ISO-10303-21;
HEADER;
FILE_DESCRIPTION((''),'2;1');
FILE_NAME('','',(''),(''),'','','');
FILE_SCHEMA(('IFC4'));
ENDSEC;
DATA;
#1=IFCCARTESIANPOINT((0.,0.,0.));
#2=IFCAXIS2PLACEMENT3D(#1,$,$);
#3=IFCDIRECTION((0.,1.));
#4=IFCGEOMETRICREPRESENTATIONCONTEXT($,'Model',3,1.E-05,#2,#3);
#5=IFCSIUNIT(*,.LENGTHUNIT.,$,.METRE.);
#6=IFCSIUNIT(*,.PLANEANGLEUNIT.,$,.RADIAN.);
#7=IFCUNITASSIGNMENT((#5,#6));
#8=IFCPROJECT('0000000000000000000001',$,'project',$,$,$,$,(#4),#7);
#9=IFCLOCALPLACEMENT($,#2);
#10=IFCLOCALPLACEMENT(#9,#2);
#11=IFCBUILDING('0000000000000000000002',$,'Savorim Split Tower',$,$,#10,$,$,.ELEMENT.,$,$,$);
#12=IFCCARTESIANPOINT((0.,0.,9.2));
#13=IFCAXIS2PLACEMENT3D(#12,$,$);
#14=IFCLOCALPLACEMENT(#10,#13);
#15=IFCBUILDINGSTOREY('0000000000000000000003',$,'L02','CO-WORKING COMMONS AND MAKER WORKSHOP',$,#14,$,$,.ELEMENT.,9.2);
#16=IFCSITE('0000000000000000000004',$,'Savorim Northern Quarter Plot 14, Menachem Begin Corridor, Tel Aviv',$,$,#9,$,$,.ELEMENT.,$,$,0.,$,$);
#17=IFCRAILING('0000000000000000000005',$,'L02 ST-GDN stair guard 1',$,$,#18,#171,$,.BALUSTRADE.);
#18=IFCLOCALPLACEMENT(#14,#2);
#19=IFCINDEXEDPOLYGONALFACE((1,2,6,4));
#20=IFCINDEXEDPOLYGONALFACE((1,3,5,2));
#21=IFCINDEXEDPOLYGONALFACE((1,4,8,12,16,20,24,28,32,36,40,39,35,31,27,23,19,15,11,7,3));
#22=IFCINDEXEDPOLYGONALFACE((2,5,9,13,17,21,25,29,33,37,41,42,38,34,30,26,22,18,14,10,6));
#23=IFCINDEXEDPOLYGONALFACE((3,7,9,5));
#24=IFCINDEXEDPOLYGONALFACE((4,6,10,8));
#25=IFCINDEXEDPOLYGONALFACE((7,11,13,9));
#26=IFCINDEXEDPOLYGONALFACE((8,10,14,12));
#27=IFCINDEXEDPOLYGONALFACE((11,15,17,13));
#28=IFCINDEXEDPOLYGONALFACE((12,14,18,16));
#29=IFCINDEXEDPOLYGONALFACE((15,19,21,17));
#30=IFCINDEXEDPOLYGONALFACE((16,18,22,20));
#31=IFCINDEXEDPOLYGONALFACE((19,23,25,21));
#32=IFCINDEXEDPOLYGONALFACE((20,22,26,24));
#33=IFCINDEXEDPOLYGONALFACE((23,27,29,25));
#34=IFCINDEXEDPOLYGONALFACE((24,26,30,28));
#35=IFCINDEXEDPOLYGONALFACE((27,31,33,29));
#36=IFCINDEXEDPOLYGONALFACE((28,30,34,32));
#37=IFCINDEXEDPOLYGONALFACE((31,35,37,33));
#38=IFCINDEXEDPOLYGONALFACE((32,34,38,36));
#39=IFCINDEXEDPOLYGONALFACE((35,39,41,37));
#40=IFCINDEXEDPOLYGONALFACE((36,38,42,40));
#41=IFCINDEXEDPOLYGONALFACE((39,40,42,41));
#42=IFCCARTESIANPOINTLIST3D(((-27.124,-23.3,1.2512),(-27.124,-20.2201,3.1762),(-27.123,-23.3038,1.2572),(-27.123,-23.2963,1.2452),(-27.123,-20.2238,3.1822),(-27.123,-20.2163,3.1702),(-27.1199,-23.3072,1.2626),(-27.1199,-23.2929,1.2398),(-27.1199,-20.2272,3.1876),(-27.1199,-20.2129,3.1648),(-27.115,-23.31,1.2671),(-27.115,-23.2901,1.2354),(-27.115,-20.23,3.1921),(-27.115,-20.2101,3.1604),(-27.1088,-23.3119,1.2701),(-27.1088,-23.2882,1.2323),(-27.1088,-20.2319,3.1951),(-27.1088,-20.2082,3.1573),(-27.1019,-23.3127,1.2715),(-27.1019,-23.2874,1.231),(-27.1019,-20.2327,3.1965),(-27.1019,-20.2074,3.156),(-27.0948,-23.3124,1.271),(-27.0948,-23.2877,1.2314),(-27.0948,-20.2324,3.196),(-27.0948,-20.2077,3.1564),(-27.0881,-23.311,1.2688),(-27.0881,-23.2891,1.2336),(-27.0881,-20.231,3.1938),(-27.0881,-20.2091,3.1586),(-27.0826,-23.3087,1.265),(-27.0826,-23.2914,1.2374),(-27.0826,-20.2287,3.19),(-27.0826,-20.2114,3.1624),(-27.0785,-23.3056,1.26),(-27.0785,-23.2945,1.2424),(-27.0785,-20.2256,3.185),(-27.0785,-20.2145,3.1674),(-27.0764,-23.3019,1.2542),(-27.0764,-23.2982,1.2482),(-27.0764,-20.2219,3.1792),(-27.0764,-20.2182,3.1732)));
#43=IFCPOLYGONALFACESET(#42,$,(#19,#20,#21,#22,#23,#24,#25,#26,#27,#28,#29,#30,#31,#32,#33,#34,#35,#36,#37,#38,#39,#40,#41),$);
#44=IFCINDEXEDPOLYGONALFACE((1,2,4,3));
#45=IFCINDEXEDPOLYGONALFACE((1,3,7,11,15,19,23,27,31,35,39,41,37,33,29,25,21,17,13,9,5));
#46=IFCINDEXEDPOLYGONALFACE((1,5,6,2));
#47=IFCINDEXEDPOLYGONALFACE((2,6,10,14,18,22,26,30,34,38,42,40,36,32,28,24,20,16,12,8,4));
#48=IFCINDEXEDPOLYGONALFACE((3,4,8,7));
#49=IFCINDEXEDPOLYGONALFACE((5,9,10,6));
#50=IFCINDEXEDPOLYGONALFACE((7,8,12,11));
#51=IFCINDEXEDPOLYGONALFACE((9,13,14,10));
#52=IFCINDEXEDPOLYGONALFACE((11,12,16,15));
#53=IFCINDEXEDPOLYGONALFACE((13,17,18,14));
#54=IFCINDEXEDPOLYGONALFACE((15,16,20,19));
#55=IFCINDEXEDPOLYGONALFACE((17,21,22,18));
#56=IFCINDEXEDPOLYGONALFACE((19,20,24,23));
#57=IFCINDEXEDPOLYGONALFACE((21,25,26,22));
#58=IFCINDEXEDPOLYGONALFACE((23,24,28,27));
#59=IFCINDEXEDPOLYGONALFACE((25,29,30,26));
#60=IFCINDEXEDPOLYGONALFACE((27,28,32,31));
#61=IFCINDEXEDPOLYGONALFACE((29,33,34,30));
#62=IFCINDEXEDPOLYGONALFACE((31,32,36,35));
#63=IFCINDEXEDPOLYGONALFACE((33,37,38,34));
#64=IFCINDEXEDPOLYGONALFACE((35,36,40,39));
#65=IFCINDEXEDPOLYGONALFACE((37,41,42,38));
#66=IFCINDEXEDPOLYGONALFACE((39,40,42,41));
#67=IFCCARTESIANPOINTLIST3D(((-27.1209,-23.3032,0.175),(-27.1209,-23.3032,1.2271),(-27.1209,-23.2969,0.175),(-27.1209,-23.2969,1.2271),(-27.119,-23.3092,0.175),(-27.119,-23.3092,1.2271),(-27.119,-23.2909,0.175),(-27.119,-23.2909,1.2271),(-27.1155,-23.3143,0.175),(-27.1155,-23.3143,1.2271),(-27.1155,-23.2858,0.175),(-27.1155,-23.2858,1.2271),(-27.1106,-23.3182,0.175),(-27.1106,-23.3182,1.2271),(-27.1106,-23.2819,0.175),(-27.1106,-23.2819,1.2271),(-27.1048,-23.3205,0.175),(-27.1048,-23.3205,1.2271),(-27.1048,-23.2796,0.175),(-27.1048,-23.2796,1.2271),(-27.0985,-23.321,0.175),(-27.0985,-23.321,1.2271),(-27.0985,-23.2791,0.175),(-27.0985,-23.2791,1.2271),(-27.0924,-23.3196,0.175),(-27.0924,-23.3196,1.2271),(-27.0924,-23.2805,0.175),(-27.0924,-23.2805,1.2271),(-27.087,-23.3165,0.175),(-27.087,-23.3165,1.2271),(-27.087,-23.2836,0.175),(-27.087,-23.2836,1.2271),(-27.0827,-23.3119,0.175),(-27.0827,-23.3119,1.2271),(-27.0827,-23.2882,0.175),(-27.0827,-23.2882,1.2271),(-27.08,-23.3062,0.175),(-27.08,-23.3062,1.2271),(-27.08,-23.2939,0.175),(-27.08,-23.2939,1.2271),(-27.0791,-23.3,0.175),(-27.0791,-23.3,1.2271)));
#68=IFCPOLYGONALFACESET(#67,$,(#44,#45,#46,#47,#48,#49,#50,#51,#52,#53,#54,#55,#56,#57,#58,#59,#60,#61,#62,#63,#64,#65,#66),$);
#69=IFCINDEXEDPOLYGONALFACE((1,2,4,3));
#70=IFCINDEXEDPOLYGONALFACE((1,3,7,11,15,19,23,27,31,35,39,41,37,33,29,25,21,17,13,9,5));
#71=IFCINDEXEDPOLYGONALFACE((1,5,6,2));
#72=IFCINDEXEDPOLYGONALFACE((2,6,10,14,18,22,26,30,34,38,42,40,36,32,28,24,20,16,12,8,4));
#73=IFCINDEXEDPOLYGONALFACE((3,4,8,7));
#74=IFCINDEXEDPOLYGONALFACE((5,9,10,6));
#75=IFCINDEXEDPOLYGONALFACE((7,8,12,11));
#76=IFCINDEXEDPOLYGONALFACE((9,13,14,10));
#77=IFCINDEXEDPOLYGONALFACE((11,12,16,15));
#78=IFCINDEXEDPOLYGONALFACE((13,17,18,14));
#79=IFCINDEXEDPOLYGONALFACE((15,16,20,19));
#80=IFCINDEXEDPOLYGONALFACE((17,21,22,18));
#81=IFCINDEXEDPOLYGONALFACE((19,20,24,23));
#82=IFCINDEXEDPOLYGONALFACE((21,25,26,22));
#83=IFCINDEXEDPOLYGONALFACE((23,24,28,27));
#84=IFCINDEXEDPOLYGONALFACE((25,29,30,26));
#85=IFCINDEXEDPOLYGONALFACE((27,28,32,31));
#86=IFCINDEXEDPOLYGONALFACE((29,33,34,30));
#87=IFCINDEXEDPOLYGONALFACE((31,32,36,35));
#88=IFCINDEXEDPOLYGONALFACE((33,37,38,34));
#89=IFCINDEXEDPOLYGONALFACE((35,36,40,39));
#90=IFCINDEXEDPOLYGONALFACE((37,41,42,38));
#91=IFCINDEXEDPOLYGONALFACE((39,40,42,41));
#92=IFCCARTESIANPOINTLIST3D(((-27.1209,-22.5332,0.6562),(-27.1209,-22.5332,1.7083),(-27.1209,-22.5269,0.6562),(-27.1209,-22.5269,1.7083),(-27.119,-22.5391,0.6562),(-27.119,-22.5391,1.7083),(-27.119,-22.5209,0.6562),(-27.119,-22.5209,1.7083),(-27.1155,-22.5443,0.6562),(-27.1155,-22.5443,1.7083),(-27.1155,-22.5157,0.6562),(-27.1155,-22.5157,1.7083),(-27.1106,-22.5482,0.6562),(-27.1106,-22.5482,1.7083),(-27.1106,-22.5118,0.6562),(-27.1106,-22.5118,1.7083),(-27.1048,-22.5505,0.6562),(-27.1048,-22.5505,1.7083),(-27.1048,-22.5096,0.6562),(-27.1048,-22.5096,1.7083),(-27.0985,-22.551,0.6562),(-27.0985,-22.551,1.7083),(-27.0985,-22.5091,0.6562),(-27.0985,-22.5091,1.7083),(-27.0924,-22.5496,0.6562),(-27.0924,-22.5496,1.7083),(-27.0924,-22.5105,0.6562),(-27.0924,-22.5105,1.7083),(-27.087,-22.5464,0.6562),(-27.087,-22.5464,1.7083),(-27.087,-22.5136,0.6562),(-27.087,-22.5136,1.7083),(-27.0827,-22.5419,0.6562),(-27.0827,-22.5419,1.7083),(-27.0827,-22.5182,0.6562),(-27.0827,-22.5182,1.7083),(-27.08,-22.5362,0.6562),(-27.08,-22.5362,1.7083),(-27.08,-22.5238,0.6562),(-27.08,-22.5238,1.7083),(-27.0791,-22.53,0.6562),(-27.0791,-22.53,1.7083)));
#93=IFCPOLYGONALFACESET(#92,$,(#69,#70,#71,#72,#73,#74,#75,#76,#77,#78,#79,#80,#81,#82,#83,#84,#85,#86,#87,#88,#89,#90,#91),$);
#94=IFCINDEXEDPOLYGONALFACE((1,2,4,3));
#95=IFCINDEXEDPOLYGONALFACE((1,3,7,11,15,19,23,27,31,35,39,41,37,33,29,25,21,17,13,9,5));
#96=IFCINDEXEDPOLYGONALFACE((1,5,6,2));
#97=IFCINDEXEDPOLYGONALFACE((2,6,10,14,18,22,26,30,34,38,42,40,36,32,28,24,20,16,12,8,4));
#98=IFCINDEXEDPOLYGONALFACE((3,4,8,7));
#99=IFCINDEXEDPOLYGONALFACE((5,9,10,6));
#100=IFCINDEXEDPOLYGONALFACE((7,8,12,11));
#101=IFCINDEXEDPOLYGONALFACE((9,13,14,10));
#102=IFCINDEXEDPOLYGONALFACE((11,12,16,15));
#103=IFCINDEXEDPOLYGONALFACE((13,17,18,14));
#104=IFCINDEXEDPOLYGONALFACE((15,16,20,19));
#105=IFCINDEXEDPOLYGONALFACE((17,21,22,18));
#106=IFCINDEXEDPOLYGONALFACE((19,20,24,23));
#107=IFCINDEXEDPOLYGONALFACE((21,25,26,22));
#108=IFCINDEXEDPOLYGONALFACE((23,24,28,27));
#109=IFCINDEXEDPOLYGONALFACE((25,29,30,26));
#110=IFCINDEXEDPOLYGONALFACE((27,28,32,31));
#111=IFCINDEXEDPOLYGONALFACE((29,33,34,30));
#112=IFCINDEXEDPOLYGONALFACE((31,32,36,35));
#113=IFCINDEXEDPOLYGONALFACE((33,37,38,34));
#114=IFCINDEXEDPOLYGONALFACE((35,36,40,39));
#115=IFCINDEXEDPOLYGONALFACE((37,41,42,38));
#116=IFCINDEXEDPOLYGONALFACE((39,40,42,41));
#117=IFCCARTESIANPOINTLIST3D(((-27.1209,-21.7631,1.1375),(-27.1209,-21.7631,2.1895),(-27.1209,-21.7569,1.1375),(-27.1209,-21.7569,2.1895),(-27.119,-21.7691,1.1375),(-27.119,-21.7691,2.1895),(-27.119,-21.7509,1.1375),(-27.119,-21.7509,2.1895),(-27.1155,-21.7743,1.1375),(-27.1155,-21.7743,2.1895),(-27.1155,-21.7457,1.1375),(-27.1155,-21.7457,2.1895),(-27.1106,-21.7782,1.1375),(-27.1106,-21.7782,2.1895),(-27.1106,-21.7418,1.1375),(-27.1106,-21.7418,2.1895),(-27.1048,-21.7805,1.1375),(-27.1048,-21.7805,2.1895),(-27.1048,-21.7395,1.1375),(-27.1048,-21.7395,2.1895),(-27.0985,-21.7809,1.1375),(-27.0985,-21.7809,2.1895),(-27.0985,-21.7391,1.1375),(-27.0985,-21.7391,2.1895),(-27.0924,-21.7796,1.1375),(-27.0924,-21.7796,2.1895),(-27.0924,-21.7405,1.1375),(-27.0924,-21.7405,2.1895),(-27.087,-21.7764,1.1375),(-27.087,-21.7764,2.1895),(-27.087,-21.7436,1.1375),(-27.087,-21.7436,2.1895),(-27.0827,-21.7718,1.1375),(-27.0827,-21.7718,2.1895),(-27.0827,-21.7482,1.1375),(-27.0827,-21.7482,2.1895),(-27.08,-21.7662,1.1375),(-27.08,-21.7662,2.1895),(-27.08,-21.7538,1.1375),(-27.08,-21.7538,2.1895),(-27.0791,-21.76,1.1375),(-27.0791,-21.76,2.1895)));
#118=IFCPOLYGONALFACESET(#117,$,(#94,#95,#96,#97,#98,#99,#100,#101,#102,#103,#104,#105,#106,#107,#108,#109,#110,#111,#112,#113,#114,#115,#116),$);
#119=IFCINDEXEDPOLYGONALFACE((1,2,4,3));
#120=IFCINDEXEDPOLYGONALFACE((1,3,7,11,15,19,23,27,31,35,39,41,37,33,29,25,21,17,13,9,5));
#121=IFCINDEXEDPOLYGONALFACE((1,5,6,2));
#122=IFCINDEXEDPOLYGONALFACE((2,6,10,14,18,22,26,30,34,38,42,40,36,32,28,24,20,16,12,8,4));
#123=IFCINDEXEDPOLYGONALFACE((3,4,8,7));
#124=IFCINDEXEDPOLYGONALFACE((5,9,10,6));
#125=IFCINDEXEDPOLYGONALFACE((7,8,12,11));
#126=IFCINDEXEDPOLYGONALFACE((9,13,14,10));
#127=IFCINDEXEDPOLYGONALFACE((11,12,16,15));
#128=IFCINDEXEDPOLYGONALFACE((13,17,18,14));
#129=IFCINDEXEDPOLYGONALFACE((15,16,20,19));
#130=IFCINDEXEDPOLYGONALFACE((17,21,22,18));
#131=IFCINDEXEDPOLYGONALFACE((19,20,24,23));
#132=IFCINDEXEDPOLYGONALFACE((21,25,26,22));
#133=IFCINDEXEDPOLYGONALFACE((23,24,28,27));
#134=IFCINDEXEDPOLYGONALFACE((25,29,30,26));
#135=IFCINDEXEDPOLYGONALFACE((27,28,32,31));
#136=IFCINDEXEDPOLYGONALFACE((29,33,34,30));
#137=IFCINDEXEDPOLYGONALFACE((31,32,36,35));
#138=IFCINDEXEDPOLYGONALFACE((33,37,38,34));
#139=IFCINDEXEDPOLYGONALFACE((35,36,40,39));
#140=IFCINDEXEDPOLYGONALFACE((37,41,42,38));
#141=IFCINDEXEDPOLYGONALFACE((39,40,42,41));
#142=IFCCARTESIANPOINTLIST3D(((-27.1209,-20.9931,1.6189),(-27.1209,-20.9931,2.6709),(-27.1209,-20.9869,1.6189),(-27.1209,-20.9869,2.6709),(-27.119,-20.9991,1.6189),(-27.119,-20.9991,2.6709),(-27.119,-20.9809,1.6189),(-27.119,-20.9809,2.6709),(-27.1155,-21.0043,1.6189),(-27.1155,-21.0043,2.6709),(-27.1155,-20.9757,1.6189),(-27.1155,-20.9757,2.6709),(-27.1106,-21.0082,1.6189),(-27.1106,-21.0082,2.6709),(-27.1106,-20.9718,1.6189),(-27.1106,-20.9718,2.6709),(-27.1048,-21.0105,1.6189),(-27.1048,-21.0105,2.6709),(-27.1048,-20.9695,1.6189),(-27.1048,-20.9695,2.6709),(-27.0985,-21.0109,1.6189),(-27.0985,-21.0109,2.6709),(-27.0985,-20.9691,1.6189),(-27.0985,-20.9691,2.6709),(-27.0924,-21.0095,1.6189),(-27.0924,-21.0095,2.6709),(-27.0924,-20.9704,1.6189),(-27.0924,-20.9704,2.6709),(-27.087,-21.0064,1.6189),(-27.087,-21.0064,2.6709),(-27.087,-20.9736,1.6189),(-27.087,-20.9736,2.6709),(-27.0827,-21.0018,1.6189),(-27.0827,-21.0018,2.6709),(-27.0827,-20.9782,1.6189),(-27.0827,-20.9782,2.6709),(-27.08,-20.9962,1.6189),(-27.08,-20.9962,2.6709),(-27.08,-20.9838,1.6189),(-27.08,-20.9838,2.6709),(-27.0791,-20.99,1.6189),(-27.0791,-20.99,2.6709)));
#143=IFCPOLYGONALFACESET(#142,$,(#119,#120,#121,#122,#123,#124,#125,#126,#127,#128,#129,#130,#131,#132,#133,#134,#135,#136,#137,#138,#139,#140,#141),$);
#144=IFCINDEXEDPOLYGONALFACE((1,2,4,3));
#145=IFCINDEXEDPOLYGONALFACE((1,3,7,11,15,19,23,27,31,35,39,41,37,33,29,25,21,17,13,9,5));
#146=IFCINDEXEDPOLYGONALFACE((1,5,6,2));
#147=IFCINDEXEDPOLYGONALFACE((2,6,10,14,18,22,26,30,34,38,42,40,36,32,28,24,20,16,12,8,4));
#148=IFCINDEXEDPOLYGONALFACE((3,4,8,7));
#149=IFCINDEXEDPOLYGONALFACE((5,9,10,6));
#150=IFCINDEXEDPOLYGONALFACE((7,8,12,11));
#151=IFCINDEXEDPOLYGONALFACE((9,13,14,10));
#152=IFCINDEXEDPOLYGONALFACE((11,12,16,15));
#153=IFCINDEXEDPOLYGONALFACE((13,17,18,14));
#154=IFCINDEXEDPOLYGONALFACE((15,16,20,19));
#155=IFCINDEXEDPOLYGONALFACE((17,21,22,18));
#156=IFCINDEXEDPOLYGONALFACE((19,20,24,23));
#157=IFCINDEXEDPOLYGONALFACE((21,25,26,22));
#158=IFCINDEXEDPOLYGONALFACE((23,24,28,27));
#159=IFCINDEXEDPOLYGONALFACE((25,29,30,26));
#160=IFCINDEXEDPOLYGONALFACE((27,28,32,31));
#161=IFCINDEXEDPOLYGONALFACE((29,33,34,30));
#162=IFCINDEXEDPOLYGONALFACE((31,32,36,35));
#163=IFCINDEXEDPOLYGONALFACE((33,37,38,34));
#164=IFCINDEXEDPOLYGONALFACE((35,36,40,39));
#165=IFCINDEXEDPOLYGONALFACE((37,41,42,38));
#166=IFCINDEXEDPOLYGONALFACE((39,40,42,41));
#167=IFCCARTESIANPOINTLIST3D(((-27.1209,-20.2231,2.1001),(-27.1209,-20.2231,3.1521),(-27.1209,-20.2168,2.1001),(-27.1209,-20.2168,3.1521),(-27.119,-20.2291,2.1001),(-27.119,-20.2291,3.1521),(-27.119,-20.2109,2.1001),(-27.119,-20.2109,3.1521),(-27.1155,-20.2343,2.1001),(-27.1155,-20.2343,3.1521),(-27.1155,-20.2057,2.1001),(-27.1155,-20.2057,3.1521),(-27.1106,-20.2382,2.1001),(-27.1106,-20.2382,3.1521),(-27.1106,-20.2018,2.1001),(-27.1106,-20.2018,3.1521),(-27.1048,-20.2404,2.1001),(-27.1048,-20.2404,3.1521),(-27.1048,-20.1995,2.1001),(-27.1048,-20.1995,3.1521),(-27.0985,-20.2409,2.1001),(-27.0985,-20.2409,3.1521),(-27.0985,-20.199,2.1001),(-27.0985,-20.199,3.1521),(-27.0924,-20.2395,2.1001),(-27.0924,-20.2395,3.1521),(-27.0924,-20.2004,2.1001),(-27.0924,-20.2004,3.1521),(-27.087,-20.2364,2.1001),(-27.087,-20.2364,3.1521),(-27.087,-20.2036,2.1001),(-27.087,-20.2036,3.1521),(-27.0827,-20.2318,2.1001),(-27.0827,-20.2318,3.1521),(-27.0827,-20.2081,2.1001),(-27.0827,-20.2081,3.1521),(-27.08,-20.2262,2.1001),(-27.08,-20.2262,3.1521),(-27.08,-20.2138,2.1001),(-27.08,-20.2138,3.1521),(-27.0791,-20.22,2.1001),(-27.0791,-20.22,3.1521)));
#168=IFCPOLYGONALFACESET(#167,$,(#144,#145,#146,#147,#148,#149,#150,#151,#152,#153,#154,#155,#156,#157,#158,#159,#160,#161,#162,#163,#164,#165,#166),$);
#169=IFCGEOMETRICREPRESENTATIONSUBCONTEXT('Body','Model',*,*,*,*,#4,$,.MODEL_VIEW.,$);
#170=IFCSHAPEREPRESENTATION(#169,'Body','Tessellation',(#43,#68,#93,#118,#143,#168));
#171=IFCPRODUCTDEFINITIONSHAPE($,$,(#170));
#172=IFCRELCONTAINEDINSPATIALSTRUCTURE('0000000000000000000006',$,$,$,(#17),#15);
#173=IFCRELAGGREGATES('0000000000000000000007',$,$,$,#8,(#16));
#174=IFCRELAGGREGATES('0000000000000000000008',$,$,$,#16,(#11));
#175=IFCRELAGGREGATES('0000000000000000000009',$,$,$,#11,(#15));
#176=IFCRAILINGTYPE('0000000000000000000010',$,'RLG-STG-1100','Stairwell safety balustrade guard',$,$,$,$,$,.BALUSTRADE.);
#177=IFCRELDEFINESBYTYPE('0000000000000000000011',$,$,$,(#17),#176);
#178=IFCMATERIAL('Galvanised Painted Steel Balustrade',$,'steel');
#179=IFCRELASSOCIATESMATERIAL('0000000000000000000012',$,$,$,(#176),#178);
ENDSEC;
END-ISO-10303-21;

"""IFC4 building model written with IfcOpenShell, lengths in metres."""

from ifc_helpers import new_model, si_unit, direction, frame, origin, origin_2d, place, context, subcontext, project, spatial, circle, extrude, material, type_object, element, save


model = new_model("IFC4")

# Units and contexts
model_context = context("Model", 3, precision=1e-05, world=origin(), true_north=direction((0.0, 1.0)))
body_context = subcontext(model_context, "Body", "Model", "MODEL_VIEW")
ifc_project = project(units=[si_unit("LENGTHUNIT", "METRE"), si_unit("PLANEANGLEUNIT", "RADIAN")], contexts=[model_context])

# Site, building, storey
site_placement = place(None, origin())
site = spatial("IfcSite", under=ifc_project, at=site_placement, Name="Savorim Northern Quarter Plot 14, Menachem Begin Corridor, Tel Aviv", CompositionType="ELEMENT", RefElevation=0.0)
building_placement = place(site_placement, origin())
building = spatial("IfcBuilding", under=site, at=building_placement, Name="Savorim Split Tower", CompositionType="ELEMENT")
storey_placement = place(building_placement, frame((0.0, 0.0, 9.2)))
storey = spatial("IfcBuildingStorey", under=building, at=storey_placement, Name="L02", Description="CO-WORKING COMMONS AND MAKER WORKSHOP", CompositionType="ELEMENT", Elevation=9.2)

# Railing
ifc_material_1 = material(Name="Galvanised Painted Steel Balustrade", Category="steel")
railing_type_1 = type_object("IfcRailingType", Name="RLG-STG-1100", Description="Stairwell safety balustrade guard", PredefinedType="BALUSTRADE", material=ifc_material_1)
railing_1_placement = place(storey_placement, frame((-27.1001, -23.3, 0.175)))
element("IfcRailing", 1, at=railing_1_placement, inside=storey, type_object=railing_type_1, Name="L02 ST-GDN stair guard 1", PredefinedType="BALUSTRADE", context=body_context, shape_type="SweptSolid", body=[
    extrude(circle(Radius=0.0239, at=origin_2d()), frame((0.0, 0.0, 1.0762), z_axis=(0.0, 0.847998, 0.529999), x_axis=(-1.0, 0.0, 0.0)), (0.0, 0.0, 1.0), 3.6321),
    extrude(circle(Radius=0.021, at=origin_2d()), origin(), (0.0, 0.0, 1.0), 1.052),
    extrude(circle(Radius=0.021, at=origin_2d()), frame((0.0, 0.77, 0.4812)), (0.0, 0.0, 1.0), 1.052),
    extrude(circle(Radius=0.021, at=origin_2d()), frame((0.0, 1.54, 0.9624)), (0.0, 0.0, 1.0), 1.052),
    extrude(circle(Radius=0.021, at=origin_2d()), frame((0.0, 2.3101, 1.4438)), (0.0, 0.0, 1.0), 1.052),
    extrude(circle(Radius=0.021, at=origin_2d()), frame((0.0, 3.0801, 1.925)), (0.0, 0.0, 1.0), 1.052),
])

save(model, "model.ifc")
